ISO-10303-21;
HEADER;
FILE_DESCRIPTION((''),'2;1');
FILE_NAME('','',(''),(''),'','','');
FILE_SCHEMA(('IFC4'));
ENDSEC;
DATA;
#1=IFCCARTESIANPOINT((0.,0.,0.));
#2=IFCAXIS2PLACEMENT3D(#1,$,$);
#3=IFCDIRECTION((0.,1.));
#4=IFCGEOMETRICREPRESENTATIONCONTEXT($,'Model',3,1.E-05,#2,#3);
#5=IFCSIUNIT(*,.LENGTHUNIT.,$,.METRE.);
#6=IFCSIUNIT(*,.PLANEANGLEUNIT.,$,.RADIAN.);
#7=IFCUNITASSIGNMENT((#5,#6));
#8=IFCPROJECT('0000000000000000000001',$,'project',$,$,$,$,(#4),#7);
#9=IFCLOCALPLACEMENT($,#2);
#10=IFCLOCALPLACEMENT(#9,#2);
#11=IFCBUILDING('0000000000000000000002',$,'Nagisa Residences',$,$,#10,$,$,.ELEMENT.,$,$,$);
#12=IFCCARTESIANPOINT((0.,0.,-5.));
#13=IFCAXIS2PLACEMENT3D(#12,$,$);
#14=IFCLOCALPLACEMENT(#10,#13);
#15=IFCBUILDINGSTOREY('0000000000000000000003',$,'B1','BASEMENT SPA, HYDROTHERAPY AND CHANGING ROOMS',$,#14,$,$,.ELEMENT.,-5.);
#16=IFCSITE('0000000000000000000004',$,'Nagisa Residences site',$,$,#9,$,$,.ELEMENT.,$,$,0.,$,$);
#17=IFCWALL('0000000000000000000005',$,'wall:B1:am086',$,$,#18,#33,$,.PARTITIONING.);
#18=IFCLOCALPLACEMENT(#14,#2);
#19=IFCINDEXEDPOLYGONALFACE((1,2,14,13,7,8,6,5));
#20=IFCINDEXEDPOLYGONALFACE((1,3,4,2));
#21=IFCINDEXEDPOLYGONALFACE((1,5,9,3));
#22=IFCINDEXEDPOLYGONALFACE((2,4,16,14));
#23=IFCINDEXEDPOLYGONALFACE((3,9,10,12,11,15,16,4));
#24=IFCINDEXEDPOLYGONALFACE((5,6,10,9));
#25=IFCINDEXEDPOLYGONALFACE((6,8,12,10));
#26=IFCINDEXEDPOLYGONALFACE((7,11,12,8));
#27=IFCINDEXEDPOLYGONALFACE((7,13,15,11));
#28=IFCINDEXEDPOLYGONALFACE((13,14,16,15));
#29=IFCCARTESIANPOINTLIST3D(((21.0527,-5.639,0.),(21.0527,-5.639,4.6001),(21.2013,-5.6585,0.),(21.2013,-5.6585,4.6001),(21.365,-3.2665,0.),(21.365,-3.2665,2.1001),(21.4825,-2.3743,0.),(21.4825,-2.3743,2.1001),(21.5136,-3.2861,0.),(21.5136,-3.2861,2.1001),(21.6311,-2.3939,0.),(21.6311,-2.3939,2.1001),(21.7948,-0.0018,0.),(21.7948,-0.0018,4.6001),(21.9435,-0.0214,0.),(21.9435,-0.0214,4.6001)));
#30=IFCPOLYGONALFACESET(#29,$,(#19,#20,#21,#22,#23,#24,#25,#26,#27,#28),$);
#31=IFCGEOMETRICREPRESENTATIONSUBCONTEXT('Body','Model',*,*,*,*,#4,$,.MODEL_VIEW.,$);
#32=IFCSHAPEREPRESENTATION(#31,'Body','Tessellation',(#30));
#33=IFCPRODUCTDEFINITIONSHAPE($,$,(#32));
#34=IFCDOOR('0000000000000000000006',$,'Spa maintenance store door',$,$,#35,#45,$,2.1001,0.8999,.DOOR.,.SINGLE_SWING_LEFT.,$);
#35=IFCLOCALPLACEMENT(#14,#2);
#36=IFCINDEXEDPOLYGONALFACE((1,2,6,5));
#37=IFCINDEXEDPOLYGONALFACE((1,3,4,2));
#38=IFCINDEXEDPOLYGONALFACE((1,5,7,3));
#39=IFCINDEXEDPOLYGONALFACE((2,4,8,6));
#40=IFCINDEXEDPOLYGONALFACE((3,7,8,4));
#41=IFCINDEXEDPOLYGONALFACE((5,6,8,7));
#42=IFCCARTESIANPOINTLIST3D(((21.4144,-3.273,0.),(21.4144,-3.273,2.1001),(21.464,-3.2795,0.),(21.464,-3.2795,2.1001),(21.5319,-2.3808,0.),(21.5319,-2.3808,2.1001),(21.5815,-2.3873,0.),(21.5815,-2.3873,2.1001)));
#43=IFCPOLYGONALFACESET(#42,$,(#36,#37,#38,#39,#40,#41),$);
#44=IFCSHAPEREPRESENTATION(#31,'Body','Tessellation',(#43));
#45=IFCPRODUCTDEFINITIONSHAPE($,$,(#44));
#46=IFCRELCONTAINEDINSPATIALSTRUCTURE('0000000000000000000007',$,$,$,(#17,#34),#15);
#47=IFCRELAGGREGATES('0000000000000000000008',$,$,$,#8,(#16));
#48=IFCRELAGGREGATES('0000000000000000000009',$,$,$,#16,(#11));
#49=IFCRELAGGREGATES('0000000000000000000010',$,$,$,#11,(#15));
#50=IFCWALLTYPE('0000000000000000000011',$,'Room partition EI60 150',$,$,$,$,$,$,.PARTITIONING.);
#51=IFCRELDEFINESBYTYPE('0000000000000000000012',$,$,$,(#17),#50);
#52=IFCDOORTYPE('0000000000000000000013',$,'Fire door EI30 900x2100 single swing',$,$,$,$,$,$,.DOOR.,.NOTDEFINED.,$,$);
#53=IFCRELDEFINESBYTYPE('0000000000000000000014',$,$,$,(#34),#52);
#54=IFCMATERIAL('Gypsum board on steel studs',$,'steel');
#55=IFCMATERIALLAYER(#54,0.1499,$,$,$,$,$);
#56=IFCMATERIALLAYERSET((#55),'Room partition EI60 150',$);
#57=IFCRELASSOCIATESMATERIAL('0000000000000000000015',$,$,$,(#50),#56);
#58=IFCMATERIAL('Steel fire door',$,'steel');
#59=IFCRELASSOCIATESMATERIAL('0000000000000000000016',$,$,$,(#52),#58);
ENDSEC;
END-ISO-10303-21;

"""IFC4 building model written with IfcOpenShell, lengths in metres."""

from ifc_helpers import new_model, si_unit, direction, frame, frame_2d, origin, place, context, subcontext, project, spatial, rectangle, extrude, material, layer, layer_set, type_object, element, fill, save


model = new_model("IFC4")

# Units and contexts
model_context = context("Model", 3, precision=1e-05, world=origin(), true_north=direction((0.0, 1.0)))
body_context = subcontext(model_context, "Body", "Model", "MODEL_VIEW")
ifc_project = project(units=[si_unit("LENGTHUNIT", "METRE"), si_unit("PLANEANGLEUNIT", "RADIAN")], contexts=[model_context])

# Site, building, storey
site_placement = place(None, origin())
site = spatial("IfcSite", under=ifc_project, at=site_placement, Name="Nagisa Residences site", CompositionType="ELEMENT", RefElevation=0.0)
building_placement = place(site_placement, origin())
building = spatial("IfcBuilding", under=site, at=building_placement, Name="Nagisa Residences", CompositionType="ELEMENT")
storey_placement = place(building_placement, frame((0.0, 0.0, -5.0)))
storey = spatial("IfcBuildingStorey", under=building, at=storey_placement, Name="B1", Description="BASEMENT SPA, HYDROTHERAPY AND CHANGING ROOMS", CompositionType="ELEMENT", Elevation=-5.0)

# Shared definitions
ifc_material_1 = material(Name="Gypsum board on steel studs", Category="steel")
ifc_layer_1 = layer(ifc_material_1, 0.1499)
ifc_layer_set_1 = layer_set([ifc_layer_1], Name="Room partition EI60 150")
wall_type_1 = type_object("IfcWallType", Name="Room partition EI60 150", PredefinedType="PARTITIONING", material=ifc_layer_set_1)

# Wall, opening, door
wall_1_placement = place(storey_placement, frame((21.8691, -0.0117, 0.0), z_axis=(0.0, 0.0, 1.0), x_axis=(-0.130532, -0.991444, 0.0)))
wall_1 = element("IfcWall", 1, at=wall_1_placement, inside=storey, type_object=wall_type_1, Name="wall:B1:am086", PredefinedType="PARTITIONING", context=body_context, shape_type="SweptSolid", body=[
    extrude(rectangle(XDim=5.6858, YDim=0.1499, at=frame_2d((2.8428, 0.0))), origin(), (0.0, 0.0, 1.0), 4.6001),
])
opening_1_placement = place(wall_1_placement, frame((2.3928, 0.0, 0.0)))
opening_1 = element("IfcOpeningElement", 2, at=opening_1_placement, cuts=wall_1, PredefinedType="OPENING", context=body_context, shape_type="SweptSolid", body=[
    extrude(rectangle(XDim=0.8999, YDim=2.1001, at=frame_2d((0.45, 1.05))), frame((0.0, 0.085, 0.0), z_axis=(0.0, -1.0, 0.0), x_axis=(1.0, 0.0, 0.0)), (0.0, 0.0, 1.0), 0.1699),
])
ifc_material_2 = material(Name="Steel fire door", Category="steel")
door_type_1 = type_object("IfcDoorType", Name="Fire door EI30 900x2100 single swing", OperationType="NOTDEFINED", PredefinedType="DOOR", material=ifc_material_2)
door_1_placement = place(opening_1_placement, origin())
door_1 = element("IfcDoor", 3, at=door_1_placement, inside=storey, type_object=door_type_1, Name="Spa maintenance store door", OperationType="SINGLE_SWING_LEFT", OverallHeight=2.1001, OverallWidth=0.8999, PredefinedType="DOOR", context=body_context, shape_type="SweptSolid", body=[
    extrude(rectangle(XDim=0.8999, YDim=2.1001, at=frame_2d((0.45, 1.05))), frame((0.0, 0.0249, 0.0), z_axis=(0.0, -1.0, 0.0), x_axis=(1.0, 0.0, 0.0)), (0.0, 0.0, 1.0), 0.05),
])
fill(opening_1, door_1)

save(model, "model.ifc")
